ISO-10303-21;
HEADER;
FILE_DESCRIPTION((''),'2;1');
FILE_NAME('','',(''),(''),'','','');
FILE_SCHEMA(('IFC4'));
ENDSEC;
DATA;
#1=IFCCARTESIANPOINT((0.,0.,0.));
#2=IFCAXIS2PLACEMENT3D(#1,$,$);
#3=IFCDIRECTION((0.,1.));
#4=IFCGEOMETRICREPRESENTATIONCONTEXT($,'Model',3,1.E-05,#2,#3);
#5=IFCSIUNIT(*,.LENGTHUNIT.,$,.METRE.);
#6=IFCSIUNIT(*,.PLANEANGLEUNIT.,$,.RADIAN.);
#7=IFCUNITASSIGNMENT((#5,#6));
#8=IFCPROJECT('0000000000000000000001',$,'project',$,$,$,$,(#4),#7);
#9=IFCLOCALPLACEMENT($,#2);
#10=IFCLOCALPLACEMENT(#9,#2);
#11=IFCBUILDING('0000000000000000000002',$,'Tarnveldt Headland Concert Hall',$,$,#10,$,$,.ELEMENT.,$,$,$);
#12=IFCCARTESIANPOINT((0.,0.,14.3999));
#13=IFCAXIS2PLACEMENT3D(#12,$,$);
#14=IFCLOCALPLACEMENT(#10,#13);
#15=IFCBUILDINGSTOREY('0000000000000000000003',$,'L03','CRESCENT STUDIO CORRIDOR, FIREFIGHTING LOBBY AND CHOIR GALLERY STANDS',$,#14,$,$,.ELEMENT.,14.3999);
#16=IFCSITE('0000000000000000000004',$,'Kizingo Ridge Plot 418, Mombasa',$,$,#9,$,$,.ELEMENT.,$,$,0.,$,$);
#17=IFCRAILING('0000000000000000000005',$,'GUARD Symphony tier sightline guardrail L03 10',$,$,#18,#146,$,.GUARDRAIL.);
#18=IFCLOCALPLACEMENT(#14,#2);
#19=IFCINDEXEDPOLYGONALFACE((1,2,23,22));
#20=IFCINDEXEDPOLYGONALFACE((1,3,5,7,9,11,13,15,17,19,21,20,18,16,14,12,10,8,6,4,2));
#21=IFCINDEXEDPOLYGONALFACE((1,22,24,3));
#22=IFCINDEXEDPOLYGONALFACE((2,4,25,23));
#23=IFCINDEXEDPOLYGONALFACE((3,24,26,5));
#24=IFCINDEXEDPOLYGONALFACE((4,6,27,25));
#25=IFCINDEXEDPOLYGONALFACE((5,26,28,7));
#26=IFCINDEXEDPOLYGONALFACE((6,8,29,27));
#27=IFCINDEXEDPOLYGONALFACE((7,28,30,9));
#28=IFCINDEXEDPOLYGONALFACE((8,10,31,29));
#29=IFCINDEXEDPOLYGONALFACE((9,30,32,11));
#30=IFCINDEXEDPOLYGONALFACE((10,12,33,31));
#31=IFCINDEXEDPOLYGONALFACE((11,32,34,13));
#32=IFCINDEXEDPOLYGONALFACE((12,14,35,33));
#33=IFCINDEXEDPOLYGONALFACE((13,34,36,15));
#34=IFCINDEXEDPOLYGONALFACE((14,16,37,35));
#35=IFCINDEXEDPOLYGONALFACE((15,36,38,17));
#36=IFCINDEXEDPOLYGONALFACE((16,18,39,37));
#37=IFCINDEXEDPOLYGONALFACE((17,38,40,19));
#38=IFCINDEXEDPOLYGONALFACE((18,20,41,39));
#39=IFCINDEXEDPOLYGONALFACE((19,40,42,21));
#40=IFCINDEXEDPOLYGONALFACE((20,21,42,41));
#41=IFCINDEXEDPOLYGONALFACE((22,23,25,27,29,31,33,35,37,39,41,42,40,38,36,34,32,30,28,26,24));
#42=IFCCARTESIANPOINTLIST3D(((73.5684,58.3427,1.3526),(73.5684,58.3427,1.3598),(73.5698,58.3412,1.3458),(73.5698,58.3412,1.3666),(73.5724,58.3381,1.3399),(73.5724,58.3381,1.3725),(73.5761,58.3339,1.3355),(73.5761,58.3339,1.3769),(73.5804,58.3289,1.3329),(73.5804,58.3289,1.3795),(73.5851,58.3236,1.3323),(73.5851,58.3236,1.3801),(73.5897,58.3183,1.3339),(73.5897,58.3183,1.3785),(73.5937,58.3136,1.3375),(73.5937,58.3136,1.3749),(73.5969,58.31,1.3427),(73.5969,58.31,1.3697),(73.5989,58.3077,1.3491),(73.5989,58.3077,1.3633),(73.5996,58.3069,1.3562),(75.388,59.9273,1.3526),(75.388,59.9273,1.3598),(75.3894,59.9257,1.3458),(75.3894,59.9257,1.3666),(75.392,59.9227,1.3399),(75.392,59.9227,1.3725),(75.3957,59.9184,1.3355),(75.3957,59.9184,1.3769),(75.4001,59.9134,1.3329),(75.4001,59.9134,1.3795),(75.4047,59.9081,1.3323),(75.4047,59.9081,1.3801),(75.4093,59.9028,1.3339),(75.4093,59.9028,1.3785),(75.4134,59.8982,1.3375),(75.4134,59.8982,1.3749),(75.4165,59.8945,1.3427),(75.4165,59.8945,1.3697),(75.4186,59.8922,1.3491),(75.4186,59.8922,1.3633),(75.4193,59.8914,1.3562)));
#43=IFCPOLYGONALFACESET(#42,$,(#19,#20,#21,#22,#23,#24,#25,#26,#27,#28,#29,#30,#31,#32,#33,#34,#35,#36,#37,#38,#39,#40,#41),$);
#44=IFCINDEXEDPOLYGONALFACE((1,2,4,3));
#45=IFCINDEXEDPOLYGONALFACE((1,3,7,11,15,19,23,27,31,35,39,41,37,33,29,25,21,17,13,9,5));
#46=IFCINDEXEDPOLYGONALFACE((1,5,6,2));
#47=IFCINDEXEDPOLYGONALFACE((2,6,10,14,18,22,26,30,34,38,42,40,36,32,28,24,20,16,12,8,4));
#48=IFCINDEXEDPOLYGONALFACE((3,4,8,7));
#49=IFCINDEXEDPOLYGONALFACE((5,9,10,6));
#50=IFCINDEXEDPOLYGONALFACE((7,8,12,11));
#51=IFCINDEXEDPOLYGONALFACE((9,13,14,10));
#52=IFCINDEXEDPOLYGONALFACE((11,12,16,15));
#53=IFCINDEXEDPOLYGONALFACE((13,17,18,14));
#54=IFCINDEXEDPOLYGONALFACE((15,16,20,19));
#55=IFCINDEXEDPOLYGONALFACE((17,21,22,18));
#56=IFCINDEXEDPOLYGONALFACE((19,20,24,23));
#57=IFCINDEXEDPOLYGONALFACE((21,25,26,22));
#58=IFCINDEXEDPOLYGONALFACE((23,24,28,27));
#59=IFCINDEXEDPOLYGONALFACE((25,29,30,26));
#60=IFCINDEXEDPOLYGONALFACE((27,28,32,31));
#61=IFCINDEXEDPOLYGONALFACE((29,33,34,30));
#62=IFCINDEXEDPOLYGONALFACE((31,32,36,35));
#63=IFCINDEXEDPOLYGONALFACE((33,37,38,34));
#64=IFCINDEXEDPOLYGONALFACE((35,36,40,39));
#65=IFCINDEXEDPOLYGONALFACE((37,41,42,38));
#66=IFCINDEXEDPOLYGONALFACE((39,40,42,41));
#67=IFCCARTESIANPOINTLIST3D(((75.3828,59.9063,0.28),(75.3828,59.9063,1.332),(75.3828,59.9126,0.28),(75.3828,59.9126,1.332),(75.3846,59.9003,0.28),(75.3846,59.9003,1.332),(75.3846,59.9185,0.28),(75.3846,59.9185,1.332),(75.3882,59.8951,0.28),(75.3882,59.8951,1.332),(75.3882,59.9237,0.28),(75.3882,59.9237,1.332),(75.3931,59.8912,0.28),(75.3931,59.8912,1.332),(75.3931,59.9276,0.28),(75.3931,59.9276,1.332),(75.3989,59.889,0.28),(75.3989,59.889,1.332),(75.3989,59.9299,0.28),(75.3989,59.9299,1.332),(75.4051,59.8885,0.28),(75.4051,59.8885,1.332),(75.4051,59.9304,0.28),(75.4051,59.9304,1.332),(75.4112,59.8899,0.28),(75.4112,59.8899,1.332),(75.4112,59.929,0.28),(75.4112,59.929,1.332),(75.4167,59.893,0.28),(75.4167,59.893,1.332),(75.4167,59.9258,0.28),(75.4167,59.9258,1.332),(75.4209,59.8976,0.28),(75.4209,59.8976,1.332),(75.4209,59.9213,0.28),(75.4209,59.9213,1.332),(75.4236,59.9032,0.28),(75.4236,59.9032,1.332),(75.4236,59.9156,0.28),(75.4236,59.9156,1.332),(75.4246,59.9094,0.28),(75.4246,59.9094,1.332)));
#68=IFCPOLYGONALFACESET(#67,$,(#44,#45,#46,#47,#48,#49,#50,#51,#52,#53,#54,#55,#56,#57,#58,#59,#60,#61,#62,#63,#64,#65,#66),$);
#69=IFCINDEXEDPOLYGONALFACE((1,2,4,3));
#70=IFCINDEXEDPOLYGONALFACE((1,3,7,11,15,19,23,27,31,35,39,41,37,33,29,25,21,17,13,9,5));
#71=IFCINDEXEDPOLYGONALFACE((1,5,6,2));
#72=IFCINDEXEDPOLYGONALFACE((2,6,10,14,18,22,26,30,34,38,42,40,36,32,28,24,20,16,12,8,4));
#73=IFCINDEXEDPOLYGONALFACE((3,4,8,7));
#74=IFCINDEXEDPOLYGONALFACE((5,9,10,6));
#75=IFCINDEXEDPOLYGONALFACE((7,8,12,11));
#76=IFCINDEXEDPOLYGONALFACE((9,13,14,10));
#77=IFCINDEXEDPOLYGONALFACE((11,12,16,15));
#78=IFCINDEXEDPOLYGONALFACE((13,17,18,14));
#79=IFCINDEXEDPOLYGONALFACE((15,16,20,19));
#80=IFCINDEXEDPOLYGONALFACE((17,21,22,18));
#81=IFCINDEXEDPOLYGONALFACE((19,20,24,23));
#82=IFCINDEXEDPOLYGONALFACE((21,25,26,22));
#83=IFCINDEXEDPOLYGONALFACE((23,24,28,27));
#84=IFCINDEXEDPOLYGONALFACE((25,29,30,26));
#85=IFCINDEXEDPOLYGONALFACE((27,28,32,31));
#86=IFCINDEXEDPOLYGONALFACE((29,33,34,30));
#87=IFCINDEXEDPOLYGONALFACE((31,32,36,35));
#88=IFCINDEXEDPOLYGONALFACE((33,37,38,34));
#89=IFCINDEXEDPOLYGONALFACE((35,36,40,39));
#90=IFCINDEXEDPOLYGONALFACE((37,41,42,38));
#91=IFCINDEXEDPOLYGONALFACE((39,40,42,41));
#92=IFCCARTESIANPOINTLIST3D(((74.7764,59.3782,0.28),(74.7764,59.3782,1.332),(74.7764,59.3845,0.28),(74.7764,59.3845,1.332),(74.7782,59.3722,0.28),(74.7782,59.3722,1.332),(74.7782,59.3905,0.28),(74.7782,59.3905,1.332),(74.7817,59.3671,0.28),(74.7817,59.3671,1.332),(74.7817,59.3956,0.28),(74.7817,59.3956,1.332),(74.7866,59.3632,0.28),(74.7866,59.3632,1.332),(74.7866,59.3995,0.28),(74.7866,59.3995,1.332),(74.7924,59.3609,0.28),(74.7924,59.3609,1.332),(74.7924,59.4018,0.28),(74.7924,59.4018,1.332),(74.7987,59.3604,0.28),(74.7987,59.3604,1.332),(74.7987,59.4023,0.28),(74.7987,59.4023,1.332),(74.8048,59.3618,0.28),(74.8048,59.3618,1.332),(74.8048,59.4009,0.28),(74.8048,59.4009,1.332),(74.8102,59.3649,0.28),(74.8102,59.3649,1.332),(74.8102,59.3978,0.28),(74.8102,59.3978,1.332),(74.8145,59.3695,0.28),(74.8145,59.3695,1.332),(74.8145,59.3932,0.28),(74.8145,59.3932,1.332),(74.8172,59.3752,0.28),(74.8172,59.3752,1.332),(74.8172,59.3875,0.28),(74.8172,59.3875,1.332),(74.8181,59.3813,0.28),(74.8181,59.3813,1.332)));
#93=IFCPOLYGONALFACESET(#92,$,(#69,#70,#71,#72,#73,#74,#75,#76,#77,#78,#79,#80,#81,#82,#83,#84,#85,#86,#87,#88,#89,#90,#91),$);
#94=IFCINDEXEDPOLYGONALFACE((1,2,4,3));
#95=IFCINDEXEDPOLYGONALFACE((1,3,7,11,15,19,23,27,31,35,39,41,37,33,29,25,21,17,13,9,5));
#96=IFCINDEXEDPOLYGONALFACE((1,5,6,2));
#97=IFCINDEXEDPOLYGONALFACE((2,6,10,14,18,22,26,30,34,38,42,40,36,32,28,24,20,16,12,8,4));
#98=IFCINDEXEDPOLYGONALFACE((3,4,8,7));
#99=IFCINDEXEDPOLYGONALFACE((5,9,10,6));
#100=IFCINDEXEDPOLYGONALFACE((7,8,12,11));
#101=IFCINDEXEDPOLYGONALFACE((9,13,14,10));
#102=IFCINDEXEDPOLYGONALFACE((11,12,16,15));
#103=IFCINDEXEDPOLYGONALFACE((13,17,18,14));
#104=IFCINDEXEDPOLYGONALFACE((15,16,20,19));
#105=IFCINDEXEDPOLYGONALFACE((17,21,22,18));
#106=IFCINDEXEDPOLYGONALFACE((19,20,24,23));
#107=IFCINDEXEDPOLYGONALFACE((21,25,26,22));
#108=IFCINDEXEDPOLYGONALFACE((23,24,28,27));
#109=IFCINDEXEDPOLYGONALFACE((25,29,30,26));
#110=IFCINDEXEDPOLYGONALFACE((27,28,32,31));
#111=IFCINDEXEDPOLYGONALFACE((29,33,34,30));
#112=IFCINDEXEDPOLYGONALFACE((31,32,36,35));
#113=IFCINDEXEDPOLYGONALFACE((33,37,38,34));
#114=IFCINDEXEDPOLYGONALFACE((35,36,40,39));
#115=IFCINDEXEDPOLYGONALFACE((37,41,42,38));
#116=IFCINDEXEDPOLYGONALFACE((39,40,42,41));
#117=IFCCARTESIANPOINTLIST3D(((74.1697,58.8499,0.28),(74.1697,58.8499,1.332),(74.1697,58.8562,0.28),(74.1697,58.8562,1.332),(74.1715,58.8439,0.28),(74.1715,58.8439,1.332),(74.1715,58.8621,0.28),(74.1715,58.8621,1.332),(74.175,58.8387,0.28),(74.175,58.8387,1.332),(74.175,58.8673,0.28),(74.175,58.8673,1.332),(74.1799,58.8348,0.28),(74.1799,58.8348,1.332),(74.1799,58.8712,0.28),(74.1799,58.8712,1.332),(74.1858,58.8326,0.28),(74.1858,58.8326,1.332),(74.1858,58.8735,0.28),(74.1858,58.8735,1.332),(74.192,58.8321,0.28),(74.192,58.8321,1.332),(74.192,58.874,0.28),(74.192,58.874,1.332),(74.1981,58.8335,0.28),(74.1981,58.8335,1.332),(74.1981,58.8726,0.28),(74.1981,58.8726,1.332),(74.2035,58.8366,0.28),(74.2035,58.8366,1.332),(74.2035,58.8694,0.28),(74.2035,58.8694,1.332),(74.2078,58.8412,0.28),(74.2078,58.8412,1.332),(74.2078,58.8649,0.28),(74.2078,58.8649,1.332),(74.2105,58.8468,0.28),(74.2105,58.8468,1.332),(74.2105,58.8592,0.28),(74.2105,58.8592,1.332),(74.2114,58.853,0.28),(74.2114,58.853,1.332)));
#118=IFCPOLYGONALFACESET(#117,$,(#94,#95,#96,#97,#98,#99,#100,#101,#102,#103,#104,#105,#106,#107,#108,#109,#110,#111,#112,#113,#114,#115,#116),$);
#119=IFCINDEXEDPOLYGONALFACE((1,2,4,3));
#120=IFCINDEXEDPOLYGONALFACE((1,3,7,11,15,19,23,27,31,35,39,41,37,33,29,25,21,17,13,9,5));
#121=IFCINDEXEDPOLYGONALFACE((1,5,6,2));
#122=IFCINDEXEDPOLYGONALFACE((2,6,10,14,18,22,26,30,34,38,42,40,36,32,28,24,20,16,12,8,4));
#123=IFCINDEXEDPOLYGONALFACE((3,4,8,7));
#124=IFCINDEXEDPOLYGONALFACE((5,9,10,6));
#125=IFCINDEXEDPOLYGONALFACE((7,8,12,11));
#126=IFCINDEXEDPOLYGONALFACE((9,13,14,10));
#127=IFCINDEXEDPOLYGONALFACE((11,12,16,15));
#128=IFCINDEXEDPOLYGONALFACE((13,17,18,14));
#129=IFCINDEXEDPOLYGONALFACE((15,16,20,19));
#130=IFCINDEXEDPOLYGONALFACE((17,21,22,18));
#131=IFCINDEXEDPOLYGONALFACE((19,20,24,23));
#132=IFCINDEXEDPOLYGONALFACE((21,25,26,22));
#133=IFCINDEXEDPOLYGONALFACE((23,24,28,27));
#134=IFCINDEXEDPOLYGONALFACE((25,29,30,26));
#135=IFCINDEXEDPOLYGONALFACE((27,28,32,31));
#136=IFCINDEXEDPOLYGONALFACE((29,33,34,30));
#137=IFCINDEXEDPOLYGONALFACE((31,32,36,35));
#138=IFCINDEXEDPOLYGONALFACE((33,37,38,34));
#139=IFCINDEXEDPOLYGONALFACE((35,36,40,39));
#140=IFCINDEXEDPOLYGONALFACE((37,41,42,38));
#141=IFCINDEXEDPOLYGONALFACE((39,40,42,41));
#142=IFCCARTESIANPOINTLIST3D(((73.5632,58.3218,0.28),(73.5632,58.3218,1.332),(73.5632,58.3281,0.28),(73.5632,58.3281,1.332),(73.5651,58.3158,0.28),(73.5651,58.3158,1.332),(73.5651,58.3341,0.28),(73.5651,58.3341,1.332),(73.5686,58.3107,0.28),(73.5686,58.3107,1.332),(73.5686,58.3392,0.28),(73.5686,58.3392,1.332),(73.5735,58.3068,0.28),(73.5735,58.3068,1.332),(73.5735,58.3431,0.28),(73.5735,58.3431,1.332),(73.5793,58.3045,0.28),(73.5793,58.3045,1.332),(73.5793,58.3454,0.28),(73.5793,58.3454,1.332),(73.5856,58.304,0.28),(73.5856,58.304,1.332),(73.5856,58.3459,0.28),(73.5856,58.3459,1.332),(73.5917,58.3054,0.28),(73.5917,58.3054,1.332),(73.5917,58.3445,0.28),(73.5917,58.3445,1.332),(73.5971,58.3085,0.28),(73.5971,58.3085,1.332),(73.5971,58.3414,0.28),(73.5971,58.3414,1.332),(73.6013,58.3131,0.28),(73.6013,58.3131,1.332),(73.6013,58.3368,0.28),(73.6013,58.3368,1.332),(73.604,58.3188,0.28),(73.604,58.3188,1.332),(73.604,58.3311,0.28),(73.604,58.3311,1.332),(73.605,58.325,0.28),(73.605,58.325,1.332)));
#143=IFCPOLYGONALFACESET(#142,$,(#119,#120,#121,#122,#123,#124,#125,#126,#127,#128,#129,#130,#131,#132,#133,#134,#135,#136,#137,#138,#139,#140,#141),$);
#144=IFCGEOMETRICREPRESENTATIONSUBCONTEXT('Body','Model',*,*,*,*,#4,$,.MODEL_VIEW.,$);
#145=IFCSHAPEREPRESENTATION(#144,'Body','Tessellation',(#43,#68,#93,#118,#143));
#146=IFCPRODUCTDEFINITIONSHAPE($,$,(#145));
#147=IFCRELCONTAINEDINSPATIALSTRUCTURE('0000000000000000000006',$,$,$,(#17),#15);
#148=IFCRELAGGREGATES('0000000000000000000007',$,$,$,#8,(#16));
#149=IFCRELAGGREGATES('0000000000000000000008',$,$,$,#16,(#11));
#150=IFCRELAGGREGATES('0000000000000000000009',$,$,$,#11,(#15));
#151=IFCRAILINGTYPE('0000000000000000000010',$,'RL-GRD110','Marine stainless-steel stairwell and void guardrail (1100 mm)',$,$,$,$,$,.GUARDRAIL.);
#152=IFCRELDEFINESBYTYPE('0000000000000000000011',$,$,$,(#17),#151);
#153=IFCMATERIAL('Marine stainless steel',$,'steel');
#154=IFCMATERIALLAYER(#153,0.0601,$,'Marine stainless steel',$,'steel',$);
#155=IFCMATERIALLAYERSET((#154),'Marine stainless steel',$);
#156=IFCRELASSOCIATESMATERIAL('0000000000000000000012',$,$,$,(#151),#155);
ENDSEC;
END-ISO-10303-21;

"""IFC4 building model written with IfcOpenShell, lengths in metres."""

from ifc_helpers import new_model, si_unit, direction, frame, origin, origin_2d, place, context, subcontext, project, spatial, circle, extrude, material, layer, layer_set, type_object, element, save


model = new_model("IFC4")

# Units and contexts
model_context = context("Model", 3, precision=1e-05, world=origin(), true_north=direction((0.0, 1.0)))
body_context = subcontext(model_context, "Body", "Model", "MODEL_VIEW")
ifc_project = project(units=[si_unit("LENGTHUNIT", "METRE"), si_unit("PLANEANGLEUNIT", "RADIAN")], contexts=[model_context])

# Site, building, storey
site_placement = place(None, origin())
site = spatial("IfcSite", under=ifc_project, at=site_placement, Name="Kizingo Ridge Plot 418, Mombasa", CompositionType="ELEMENT", RefElevation=0.0)
building_placement = place(site_placement, origin())
building = spatial("IfcBuilding", under=site, at=building_placement, Name="Tarnveldt Headland Concert Hall", CompositionType="ELEMENT")
storey_placement = place(building_placement, frame((0.0, 0.0, 14.3999)))
storey = spatial("IfcBuildingStorey", under=building, at=storey_placement, Name="L03", Description="CRESCENT STUDIO CORRIDOR, FIREFIGHTING LOBBY AND CHOIR GALLERY STANDS", CompositionType="ELEMENT", Elevation=14.3999)

# Railing
ifc_material_1 = material(Name="Marine stainless steel", Category="steel")
ifc_layer = layer(ifc_material_1, 0.0601, Name="Marine stainless steel", Category="steel")
ifc_layer_set = layer_set([ifc_layer], Name="Marine stainless steel")
railing_type = type_object("IfcRailingType", Name="RL-GRD110", Description="Marine stainless-steel stairwell and void guardrail (1100 mm)", PredefinedType="GUARDRAIL", material=ifc_layer_set)
railing_1_placement = place(storey_placement, frame((75.4036, 59.9094, 0.28)))
element("IfcRailing", 1, at=railing_1_placement, inside=storey, type_object=railing_type, Name="GUARD Symphony tier sightline guardrail L03 10", PredefinedType="GUARDRAIL", context=body_context, shape_type="SweptSolid", body=[
    extrude(circle(Radius=0.0239, at=origin_2d()), frame((0.0, 0.0, 1.0762), z_axis=(-0.754148, -0.656705, 0.0), x_axis=(0.656705, -0.754148, 0.0)), (0.0, 0.0, 1.0), 2.4128),
    extrude(circle(Radius=0.021, at=origin_2d()), origin(), (0.0, 0.0, 1.0), 1.052),
    extrude(circle(Radius=0.021, at=origin_2d()), frame((-0.6064, -0.5281, 0.0)), (0.0, 0.0, 1.0), 1.052),
    extrude(circle(Radius=0.021, at=origin_2d()), frame((-1.2131, -1.0564, 0.0)), (0.0, 0.0, 1.0), 1.052),
    extrude(circle(Radius=0.021, at=origin_2d()), frame((-1.8196, -1.5845, 0.0)), (0.0, 0.0, 1.0), 1.052),
])

save(model, "model.ifc")
